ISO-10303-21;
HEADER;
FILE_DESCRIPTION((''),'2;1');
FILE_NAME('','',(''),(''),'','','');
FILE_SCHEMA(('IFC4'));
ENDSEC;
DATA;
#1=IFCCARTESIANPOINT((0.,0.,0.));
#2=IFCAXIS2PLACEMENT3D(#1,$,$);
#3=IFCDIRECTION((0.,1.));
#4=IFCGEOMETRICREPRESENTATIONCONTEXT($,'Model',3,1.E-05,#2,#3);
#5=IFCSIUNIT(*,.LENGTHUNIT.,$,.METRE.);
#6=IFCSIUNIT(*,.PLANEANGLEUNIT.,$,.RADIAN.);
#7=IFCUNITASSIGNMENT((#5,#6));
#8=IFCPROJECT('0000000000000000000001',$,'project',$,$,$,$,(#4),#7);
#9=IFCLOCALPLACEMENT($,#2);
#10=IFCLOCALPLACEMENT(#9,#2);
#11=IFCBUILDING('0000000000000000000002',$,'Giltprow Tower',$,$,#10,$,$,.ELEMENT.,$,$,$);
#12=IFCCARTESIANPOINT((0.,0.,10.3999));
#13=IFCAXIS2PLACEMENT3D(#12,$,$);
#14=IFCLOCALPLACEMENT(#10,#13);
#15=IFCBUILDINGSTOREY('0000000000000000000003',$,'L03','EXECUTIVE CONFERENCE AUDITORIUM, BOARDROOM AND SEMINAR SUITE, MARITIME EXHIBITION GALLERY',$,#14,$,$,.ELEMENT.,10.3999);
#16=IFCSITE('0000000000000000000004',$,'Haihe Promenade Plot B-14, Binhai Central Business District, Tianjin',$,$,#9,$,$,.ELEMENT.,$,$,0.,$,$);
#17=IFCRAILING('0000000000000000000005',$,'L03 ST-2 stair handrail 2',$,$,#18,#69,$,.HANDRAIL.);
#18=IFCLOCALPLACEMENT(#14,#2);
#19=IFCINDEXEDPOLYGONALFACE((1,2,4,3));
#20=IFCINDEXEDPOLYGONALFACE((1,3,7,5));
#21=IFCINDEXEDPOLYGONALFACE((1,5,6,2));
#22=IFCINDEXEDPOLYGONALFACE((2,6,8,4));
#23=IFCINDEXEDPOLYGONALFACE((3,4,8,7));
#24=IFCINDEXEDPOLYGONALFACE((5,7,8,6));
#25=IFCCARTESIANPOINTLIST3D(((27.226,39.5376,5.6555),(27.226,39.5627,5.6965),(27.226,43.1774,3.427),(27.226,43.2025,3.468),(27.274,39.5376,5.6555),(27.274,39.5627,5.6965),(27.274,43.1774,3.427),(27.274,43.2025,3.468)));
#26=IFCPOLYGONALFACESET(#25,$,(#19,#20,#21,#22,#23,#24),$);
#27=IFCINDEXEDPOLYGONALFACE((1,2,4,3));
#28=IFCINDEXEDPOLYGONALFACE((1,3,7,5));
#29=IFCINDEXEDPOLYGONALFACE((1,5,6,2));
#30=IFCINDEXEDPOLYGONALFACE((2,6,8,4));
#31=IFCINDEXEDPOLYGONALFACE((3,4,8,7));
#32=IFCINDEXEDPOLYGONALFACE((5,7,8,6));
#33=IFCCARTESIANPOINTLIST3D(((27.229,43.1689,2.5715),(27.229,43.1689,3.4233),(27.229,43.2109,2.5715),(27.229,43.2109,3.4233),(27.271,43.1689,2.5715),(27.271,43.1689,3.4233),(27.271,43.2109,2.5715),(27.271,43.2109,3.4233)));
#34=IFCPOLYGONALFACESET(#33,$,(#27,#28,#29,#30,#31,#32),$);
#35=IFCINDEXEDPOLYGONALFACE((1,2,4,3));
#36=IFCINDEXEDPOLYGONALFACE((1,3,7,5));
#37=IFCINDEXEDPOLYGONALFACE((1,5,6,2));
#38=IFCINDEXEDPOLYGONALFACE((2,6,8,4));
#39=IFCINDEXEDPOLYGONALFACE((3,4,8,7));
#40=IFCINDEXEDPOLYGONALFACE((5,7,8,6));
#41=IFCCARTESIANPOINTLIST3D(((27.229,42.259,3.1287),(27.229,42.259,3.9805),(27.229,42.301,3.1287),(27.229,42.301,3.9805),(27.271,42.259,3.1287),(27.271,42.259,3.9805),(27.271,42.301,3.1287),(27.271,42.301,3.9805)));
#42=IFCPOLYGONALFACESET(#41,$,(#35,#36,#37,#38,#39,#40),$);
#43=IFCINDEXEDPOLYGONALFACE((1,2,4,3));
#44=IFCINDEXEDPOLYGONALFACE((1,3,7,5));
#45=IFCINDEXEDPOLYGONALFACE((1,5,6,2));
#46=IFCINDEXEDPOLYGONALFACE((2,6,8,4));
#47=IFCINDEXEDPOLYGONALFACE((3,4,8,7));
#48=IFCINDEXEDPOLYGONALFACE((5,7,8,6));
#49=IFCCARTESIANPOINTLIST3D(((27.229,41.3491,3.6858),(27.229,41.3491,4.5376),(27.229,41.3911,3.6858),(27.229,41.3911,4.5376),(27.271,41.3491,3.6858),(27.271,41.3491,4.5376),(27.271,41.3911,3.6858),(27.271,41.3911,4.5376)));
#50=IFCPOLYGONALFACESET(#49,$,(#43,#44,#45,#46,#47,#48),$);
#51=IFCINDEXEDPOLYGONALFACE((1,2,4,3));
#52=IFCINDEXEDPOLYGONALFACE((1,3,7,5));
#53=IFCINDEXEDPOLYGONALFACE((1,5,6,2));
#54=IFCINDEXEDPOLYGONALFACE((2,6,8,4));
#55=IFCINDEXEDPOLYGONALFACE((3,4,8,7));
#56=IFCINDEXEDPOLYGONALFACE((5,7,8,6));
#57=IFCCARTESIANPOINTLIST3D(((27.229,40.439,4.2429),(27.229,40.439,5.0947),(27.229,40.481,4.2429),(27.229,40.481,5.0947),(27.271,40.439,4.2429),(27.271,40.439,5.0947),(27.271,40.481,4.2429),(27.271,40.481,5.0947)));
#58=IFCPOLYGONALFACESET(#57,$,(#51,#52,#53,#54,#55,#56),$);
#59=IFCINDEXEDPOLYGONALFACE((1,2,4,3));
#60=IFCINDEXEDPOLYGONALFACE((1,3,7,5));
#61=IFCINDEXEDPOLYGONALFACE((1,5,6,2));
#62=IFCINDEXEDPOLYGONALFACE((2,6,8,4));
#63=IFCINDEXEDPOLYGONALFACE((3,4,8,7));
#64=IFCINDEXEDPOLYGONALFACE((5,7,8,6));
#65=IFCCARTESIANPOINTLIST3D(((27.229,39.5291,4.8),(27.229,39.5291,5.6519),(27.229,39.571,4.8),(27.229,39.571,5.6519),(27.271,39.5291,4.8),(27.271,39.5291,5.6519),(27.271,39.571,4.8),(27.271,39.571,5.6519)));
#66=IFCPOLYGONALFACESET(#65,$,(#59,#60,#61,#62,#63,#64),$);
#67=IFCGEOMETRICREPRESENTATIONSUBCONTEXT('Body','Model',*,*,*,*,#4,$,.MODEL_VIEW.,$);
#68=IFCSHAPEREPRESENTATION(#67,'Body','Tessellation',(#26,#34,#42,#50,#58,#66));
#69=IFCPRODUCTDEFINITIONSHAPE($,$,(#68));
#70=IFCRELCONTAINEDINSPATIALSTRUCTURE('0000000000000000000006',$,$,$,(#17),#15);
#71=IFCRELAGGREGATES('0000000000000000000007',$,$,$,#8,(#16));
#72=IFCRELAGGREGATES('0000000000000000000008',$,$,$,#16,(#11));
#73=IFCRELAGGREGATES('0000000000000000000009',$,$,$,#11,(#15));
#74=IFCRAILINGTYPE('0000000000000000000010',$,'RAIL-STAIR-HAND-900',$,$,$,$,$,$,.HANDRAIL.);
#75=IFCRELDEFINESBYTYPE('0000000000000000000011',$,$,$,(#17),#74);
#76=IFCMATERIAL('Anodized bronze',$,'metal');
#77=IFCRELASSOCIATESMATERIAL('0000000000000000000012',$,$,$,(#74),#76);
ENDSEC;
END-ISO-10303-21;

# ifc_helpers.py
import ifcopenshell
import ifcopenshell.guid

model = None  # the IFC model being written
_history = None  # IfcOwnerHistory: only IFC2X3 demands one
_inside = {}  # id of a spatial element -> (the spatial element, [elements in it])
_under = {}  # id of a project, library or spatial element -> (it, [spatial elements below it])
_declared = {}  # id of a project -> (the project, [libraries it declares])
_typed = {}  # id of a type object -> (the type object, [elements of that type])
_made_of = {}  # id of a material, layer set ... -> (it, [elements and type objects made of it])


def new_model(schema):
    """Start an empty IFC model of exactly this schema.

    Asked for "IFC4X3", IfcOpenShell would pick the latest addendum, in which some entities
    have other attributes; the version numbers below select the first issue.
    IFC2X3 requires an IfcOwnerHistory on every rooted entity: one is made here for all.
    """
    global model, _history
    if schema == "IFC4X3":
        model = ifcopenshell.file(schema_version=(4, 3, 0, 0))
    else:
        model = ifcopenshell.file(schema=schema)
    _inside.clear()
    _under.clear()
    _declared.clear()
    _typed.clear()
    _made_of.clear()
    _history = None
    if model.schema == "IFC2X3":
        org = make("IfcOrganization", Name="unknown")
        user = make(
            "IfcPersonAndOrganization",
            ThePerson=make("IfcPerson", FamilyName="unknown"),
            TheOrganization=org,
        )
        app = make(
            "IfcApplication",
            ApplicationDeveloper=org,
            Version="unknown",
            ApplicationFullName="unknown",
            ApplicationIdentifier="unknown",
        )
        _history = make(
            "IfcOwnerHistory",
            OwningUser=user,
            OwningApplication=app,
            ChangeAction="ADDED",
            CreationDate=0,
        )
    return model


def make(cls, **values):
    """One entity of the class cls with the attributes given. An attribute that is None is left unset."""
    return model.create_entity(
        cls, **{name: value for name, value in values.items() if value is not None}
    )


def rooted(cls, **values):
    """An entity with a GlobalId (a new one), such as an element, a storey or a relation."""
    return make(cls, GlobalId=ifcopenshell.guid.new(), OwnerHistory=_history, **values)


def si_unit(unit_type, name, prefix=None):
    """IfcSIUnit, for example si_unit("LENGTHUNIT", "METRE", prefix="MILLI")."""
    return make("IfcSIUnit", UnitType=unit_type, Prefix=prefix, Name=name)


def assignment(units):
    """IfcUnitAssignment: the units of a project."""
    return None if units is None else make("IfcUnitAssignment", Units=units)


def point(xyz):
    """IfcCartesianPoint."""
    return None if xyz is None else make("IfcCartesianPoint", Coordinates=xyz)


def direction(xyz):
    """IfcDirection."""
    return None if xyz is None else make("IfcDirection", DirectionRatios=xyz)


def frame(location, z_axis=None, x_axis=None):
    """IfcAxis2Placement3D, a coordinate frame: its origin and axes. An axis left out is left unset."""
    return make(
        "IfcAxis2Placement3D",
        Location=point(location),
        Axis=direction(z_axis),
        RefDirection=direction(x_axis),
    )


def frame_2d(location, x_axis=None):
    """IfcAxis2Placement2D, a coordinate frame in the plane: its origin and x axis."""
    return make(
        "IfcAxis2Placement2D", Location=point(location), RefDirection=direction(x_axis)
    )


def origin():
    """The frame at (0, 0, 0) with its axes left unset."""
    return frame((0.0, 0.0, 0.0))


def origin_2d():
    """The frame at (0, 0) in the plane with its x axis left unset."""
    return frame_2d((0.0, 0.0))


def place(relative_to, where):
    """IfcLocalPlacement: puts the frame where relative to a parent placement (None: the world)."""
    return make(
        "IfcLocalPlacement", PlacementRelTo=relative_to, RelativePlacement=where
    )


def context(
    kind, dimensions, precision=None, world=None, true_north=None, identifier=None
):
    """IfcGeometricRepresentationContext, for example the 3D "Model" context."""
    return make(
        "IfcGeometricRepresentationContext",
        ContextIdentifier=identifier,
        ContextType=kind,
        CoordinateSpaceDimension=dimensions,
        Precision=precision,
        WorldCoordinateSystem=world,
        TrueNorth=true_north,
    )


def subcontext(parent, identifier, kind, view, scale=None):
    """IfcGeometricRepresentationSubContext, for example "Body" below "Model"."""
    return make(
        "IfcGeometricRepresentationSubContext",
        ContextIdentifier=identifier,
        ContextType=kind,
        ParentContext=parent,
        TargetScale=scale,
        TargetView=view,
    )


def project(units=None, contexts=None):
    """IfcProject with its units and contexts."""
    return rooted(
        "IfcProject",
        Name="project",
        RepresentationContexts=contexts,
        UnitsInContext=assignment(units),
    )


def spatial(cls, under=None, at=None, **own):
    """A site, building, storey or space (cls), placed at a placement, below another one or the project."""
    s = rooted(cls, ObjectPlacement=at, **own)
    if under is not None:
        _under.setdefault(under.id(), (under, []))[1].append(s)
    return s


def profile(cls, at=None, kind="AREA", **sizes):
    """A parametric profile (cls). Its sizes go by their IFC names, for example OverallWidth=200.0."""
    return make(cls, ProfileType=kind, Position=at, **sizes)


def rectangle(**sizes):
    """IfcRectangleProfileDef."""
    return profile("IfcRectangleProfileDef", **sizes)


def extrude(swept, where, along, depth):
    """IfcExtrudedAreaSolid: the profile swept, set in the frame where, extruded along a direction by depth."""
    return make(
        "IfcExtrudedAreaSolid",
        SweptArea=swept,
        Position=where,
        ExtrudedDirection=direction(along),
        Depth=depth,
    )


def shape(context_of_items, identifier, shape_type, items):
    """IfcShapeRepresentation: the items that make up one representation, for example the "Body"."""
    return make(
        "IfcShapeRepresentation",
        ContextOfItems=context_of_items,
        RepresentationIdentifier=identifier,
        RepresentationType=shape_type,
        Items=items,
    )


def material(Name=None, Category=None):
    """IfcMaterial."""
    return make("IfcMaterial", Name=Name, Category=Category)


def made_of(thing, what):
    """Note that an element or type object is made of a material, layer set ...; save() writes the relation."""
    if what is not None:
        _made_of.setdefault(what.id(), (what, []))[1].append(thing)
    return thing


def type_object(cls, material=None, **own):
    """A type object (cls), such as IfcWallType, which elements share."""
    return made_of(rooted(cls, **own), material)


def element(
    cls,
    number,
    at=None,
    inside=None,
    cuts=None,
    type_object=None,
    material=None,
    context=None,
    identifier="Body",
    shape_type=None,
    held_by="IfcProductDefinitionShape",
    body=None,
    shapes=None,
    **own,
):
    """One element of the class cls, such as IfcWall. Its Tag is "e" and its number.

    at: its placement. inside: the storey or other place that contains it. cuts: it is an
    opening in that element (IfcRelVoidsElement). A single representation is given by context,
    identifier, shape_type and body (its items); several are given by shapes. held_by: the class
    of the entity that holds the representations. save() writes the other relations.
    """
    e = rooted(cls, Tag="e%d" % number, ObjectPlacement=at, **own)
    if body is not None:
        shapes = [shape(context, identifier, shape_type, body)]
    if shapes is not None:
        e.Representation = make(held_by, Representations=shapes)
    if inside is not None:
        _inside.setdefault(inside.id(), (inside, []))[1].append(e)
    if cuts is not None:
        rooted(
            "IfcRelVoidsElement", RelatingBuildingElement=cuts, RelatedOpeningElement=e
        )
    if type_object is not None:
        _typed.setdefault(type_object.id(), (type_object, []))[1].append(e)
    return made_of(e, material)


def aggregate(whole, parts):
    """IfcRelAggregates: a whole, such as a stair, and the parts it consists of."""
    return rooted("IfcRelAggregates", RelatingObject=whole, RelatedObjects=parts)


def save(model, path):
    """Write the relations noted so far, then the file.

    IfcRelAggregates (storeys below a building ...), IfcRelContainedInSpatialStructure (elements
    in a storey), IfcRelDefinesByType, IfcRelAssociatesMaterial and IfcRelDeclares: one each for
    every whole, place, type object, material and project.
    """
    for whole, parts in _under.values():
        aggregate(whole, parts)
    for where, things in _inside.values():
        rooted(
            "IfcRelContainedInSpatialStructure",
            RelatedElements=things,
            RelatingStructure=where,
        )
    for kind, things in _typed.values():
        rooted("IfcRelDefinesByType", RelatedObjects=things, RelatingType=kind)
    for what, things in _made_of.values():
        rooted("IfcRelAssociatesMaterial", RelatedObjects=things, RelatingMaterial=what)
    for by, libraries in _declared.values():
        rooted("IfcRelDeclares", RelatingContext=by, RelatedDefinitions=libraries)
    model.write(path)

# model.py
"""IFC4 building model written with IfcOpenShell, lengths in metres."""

from ifc_helpers import new_model, si_unit, direction, frame, origin, origin_2d, place, context, subcontext, project, spatial, rectangle, extrude, material, type_object, element, save


model = new_model("IFC4")

# Units and contexts
model_context = context("Model", 3, precision=1e-05, world=origin(), true_north=direction((0.0, 1.0)))
body_context = subcontext(model_context, "Body", "Model", "MODEL_VIEW")
ifc_project = project(units=[si_unit("LENGTHUNIT", "METRE"), si_unit("PLANEANGLEUNIT", "RADIAN")], contexts=[model_context])

# Site, building, storey
site_placement = place(None, origin())
site = spatial("IfcSite", under=ifc_project, at=site_placement, Name="Haihe Promenade Plot B-14, Binhai Central Business District, Tianjin", CompositionType="ELEMENT", RefElevation=0.0)
building_placement = place(site_placement, origin())
building = spatial("IfcBuilding", under=site, at=building_placement, Name="Giltprow Tower", CompositionType="ELEMENT")
storey_placement = place(building_placement, frame((0.0, 0.0, 10.3999)))
storey = spatial("IfcBuildingStorey", under=building, at=storey_placement, Name="L03", Description="EXECUTIVE CONFERENCE AUDITORIUM, BOARDROOM AND SEMINAR SUITE, MARITIME EXHIBITION GALLERY", CompositionType="ELEMENT", Elevation=10.3999)

# Railing
ifc_material_1 = material(Name="Anodized bronze", Category="metal")
railing_type_1 = type_object("IfcRailingType", Name="RAIL-STAIR-HAND-900", PredefinedType="HANDRAIL", material=ifc_material_1)
railing_1_placement = place(storey_placement, frame((27.25, 43.1899, 2.5715)))
element("IfcRailing", 1, at=railing_1_placement, inside=storey, type_object=railing_type_1, Name="L03 ST-2 stair handrail 2", PredefinedType="HANDRAIL", context=body_context, shape_type="SweptSolid", body=[
    extrude(rectangle(XDim=0.0481, YDim=0.0481, at=origin_2d()), frame((0.0, 0.0, 0.876), z_axis=(0.0, -0.85285, 0.522156), x_axis=(1.0, 0.0, 0.0)), (0.0, 0.0, 1.0), 4.2678),
    extrude(rectangle(XDim=0.042, YDim=0.042, at=origin_2d()), origin(), (0.0, 0.0, 1.0), 0.8518),
    extrude(rectangle(XDim=0.042, YDim=0.042, at=origin_2d()), frame((0.0, -0.9099, 0.5571)), (0.0, 0.0, 1.0), 0.8518),
    extrude(rectangle(XDim=0.042, YDim=0.042, at=origin_2d()), frame((0.0, -1.8198, 1.1143)), (0.0, 0.0, 1.0), 0.8518),
    extrude(rectangle(XDim=0.042, YDim=0.042, at=origin_2d()), frame((0.0, -2.73, 1.6714)), (0.0, 0.0, 1.0), 0.8518),
    extrude(rectangle(XDim=0.042, YDim=0.042, at=origin_2d()), frame((0.0, -3.6399, 2.2285)), (0.0, 0.0, 1.0), 0.8518),
])

save(model, "model.ifc")
